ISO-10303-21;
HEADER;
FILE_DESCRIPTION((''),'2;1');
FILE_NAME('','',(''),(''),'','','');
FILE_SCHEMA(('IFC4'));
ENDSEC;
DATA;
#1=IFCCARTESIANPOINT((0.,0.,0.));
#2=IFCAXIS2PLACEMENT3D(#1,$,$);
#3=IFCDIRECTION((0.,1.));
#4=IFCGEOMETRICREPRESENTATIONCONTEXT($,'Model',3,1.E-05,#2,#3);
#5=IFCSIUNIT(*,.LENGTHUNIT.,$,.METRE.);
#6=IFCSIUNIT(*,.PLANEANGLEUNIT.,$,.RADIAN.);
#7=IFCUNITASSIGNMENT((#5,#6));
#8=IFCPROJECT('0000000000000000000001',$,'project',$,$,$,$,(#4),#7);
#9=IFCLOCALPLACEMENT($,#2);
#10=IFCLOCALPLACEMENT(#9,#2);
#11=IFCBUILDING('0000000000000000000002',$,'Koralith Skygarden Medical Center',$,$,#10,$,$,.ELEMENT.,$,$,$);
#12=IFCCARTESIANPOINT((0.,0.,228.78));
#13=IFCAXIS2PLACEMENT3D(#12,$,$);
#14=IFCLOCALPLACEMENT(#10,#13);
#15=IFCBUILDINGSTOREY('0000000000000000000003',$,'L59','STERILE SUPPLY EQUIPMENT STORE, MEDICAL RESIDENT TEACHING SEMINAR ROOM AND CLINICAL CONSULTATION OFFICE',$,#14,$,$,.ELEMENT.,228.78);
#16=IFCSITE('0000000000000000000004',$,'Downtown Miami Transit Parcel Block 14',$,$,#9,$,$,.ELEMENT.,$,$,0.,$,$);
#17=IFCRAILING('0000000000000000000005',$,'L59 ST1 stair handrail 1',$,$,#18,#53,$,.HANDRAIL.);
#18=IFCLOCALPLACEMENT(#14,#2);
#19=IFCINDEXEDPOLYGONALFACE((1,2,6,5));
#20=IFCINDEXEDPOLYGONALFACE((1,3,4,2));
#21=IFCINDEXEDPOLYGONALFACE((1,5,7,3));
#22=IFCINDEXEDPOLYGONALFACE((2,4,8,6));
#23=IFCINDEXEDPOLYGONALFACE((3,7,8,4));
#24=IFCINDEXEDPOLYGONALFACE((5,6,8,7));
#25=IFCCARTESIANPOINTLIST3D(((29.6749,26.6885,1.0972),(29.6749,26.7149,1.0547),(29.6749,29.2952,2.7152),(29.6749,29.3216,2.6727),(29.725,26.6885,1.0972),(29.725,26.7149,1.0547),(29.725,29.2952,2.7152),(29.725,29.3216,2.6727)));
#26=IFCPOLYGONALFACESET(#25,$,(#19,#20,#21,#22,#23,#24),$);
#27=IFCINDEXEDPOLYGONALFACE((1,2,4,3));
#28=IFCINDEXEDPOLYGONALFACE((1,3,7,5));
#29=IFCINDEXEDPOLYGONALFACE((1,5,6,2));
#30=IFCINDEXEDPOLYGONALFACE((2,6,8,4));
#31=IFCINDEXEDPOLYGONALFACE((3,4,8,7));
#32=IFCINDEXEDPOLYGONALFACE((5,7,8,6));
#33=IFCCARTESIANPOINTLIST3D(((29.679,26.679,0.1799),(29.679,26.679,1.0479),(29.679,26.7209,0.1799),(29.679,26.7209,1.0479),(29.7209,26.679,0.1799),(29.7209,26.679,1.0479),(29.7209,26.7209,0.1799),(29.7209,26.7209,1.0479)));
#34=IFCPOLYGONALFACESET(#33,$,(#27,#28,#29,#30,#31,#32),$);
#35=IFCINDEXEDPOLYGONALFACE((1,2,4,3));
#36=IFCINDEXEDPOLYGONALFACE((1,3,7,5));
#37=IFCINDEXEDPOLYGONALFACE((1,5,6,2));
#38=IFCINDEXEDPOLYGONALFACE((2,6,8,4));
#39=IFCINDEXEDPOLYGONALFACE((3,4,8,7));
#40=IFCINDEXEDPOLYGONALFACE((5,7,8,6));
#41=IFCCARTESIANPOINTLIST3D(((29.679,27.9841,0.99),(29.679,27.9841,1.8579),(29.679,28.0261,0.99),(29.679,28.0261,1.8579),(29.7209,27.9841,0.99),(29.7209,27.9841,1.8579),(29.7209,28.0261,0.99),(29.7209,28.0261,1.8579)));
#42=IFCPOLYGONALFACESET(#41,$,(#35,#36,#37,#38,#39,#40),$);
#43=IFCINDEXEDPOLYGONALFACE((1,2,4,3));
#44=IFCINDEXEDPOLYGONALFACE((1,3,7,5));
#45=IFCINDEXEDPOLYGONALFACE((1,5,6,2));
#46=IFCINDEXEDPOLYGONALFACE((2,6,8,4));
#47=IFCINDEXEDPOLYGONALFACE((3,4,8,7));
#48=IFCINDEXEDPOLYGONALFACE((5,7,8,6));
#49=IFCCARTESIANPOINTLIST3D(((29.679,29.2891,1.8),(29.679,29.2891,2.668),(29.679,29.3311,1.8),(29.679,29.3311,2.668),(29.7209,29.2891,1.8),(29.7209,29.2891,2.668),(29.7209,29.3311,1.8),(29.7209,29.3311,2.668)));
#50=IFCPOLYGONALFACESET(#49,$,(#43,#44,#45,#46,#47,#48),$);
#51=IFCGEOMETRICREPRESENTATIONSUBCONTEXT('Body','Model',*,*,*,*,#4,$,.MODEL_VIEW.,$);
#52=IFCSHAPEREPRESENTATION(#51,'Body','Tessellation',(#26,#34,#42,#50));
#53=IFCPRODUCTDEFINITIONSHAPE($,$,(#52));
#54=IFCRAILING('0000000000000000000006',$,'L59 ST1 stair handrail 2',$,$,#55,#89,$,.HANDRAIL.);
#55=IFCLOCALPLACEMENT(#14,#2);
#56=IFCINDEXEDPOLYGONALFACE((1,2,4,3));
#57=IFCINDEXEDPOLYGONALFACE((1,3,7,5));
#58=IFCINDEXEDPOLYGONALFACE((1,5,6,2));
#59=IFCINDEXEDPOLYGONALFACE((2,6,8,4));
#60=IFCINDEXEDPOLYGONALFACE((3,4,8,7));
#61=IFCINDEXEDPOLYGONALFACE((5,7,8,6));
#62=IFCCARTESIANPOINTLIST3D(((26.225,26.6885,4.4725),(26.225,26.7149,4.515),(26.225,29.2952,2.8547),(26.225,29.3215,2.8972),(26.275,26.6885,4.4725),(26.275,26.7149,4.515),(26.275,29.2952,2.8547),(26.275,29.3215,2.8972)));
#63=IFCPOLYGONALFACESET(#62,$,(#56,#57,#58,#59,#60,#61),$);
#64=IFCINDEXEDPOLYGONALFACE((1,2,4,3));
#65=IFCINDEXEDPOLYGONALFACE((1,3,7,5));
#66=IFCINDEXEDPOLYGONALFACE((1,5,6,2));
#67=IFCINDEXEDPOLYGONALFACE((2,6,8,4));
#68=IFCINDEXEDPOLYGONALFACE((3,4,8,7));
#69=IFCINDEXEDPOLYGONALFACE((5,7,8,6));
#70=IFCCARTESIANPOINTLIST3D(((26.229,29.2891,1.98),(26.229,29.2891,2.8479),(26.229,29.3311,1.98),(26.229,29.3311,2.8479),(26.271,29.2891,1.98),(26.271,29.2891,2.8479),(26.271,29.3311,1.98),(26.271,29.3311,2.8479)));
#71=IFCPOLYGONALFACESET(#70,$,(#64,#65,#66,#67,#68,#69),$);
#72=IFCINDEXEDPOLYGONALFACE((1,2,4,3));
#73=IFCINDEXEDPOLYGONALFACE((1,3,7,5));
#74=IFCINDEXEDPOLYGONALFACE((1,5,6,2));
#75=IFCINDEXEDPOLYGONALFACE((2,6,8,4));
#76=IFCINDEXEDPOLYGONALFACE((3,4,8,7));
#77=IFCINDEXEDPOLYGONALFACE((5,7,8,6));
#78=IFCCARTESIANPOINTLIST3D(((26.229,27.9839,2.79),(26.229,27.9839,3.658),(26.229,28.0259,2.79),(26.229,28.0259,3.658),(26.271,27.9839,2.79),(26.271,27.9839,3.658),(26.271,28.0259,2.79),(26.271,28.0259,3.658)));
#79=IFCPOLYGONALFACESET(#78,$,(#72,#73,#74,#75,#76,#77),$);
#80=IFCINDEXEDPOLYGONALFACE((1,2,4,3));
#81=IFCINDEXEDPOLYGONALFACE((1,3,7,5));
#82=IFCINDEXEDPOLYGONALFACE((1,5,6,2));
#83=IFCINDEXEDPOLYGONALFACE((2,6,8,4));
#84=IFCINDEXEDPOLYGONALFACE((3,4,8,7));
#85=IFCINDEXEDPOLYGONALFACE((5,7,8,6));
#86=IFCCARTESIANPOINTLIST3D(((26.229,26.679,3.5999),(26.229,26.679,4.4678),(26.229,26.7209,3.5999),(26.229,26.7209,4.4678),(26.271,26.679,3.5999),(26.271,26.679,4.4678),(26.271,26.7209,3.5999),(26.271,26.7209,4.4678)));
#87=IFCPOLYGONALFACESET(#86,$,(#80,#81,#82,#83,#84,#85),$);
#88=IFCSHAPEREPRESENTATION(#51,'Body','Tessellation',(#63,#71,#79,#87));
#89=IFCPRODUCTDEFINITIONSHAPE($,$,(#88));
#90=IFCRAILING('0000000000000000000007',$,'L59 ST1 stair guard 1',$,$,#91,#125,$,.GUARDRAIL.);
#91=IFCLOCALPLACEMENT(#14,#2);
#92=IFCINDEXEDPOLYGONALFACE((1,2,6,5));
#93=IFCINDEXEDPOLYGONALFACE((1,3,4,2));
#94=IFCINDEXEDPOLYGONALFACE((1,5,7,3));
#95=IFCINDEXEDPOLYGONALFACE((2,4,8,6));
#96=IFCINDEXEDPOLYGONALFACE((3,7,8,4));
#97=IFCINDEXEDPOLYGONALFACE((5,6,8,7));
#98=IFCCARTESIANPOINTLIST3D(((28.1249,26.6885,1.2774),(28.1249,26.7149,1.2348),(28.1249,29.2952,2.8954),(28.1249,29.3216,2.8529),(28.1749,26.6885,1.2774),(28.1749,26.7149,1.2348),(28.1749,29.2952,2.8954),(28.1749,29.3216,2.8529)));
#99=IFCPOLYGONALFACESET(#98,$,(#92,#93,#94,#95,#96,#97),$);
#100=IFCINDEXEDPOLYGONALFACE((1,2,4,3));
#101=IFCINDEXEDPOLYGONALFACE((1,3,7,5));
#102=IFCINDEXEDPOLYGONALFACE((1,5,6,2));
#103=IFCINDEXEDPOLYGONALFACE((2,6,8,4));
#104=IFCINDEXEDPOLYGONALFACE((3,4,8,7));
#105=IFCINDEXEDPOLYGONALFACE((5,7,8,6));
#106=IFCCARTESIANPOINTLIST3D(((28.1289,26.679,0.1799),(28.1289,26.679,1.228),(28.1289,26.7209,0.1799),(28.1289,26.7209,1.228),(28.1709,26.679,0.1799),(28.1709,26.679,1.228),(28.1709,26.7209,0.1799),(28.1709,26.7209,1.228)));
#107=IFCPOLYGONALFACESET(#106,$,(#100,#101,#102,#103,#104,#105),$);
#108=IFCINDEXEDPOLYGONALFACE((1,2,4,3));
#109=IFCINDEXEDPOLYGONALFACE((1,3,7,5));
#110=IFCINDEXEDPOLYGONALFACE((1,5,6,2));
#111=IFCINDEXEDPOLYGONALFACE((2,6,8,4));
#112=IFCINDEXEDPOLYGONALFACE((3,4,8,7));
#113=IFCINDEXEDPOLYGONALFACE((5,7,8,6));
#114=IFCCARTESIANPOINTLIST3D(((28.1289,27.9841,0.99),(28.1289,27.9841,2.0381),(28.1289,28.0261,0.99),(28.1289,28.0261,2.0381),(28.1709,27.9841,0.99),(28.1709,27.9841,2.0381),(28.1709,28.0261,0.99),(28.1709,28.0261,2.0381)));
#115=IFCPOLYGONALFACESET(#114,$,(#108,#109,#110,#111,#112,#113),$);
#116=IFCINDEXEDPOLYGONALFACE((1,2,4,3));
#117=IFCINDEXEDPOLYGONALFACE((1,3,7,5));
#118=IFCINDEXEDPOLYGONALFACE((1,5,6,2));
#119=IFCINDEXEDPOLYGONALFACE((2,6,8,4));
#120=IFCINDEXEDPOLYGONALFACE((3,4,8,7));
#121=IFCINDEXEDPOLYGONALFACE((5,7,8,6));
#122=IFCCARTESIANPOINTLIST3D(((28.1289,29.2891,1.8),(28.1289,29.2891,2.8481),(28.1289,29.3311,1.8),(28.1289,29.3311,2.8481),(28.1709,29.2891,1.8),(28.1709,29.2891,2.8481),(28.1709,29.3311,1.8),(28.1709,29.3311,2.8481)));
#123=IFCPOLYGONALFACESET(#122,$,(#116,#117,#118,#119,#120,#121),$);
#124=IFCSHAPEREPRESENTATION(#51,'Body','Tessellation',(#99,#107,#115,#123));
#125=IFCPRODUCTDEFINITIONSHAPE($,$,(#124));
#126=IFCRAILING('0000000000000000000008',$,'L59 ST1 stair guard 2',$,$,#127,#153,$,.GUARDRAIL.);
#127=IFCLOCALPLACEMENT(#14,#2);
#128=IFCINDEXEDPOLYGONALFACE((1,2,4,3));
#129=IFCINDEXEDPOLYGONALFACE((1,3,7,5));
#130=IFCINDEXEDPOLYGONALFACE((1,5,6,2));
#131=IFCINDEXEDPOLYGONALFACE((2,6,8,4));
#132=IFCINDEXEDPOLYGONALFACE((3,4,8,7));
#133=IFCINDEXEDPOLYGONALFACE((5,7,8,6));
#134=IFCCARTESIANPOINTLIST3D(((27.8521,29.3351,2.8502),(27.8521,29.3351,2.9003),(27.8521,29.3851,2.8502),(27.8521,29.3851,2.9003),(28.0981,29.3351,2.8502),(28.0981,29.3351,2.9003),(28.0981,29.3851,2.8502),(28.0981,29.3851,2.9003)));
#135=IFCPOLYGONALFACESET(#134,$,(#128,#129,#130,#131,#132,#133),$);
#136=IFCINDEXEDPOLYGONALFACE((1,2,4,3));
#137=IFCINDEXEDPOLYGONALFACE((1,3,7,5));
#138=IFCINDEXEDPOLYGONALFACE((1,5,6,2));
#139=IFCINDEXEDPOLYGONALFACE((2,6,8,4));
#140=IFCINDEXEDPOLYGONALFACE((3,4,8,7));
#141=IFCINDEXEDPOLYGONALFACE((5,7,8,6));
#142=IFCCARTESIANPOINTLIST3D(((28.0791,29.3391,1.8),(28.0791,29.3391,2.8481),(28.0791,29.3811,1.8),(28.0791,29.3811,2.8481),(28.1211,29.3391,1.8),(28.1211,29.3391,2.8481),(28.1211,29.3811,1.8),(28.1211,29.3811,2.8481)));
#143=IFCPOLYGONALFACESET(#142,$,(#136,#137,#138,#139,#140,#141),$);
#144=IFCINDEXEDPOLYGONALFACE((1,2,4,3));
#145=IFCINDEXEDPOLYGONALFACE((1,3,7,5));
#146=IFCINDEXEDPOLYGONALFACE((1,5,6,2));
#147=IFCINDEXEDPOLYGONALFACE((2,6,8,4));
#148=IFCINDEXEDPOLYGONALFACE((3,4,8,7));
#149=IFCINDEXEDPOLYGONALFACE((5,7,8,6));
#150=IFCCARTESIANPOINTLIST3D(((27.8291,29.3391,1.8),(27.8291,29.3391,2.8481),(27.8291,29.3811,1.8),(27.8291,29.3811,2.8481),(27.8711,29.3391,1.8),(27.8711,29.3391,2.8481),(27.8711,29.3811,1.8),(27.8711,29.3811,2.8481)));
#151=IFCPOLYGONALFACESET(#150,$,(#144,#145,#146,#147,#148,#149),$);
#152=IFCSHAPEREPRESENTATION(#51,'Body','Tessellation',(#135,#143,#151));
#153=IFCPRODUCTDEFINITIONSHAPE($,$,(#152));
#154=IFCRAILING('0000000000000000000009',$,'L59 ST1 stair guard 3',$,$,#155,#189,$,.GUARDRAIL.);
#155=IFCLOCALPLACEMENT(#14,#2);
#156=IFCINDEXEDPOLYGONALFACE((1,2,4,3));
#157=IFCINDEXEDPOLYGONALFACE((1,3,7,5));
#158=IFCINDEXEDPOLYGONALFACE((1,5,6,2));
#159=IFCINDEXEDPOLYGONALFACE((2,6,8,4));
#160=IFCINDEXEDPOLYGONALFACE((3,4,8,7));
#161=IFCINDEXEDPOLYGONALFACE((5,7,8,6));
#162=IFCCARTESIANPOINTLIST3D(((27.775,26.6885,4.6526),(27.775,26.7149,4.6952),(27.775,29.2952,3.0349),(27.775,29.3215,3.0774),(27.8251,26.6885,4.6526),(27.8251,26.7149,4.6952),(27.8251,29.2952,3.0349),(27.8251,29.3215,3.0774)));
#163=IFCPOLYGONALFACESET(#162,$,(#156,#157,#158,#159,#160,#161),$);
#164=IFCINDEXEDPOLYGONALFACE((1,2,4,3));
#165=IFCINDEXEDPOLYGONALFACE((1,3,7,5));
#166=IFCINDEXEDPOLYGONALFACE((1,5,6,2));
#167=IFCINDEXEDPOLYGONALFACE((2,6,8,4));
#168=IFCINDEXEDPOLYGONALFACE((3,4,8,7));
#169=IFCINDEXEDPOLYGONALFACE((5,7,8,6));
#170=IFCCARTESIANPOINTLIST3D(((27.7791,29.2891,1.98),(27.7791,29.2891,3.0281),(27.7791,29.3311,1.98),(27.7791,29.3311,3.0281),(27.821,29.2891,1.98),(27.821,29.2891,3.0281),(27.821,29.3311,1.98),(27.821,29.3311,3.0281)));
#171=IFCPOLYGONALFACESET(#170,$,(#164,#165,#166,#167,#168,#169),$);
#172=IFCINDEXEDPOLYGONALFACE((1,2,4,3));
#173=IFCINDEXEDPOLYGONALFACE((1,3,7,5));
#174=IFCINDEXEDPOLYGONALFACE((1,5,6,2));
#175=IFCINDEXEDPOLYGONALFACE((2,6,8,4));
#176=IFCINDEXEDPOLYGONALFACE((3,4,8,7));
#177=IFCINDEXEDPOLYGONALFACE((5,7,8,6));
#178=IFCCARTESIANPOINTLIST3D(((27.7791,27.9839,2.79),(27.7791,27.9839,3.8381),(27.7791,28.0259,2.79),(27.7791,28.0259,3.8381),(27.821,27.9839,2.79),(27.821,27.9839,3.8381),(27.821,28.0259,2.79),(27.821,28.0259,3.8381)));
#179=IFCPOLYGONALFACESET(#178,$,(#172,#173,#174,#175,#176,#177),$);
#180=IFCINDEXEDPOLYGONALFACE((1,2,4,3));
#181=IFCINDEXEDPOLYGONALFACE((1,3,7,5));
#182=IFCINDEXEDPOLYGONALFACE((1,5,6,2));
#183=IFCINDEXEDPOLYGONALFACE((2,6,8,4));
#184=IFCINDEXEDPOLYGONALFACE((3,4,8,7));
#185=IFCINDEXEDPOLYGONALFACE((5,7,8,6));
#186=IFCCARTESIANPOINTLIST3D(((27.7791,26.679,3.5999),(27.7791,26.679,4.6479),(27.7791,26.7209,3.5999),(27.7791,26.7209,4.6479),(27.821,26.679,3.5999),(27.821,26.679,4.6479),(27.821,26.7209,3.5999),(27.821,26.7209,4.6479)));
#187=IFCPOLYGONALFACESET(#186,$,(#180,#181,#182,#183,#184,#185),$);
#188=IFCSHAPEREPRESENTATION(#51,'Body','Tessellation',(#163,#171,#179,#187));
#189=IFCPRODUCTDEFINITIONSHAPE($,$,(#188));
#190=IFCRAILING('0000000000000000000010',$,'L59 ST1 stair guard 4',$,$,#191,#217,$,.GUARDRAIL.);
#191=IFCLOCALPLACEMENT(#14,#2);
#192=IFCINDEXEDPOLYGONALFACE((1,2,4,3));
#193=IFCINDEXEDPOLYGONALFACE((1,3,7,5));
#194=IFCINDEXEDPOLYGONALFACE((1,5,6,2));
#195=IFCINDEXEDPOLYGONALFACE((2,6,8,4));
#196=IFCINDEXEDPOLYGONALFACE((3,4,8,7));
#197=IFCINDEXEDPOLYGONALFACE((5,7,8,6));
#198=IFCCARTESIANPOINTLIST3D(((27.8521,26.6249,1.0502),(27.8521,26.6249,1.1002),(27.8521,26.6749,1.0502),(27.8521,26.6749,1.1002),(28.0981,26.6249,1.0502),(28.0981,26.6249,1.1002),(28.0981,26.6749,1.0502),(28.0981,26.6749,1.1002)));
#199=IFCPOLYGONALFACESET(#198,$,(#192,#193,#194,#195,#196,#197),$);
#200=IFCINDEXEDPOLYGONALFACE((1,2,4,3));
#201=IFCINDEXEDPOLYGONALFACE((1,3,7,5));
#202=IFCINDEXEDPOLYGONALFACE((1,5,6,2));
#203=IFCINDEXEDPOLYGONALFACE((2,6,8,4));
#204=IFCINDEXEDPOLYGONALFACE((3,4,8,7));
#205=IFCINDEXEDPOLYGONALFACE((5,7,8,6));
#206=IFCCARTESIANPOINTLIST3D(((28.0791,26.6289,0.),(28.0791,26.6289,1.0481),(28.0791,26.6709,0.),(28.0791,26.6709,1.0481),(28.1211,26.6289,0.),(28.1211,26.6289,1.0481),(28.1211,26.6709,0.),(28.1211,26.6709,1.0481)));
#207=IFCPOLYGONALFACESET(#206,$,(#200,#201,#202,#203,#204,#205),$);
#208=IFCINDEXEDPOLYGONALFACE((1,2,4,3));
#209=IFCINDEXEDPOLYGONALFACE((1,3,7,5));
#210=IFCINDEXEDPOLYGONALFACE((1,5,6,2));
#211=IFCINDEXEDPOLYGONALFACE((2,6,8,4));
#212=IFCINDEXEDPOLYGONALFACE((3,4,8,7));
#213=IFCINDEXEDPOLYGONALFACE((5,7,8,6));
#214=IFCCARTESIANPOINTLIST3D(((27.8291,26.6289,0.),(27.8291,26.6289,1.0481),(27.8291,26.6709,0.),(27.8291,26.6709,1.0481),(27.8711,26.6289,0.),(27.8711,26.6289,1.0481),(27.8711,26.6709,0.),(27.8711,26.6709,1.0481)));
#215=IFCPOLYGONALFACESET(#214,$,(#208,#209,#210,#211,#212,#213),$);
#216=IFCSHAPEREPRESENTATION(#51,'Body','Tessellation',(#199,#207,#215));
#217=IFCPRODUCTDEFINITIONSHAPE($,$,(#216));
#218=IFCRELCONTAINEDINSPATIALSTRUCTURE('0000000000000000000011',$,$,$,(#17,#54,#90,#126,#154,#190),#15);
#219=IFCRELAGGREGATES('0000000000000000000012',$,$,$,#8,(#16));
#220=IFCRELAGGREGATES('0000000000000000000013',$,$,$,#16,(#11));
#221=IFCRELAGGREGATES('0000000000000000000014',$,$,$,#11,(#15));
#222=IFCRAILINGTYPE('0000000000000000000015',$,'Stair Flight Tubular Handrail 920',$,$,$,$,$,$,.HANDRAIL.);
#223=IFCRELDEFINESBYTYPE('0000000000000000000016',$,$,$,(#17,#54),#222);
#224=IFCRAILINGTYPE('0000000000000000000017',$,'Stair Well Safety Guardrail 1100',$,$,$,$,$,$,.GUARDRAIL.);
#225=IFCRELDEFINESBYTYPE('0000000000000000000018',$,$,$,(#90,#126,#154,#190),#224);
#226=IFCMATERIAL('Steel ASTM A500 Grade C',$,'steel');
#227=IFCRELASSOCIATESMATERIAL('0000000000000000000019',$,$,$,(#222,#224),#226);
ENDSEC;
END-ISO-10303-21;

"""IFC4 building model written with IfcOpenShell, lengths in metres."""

from ifc_helpers import new_model, si_unit, direction, frame, origin, origin_2d, place, context, subcontext, project, spatial, rectangle, extrude, material, type_object, element, save


model = new_model("IFC4")

# Units and contexts
model_context = context("Model", 3, precision=1e-05, world=origin(), true_north=direction((0.0, 1.0)))
body_context = subcontext(model_context, "Body", "Model", "MODEL_VIEW")
ifc_project = project(units=[si_unit("LENGTHUNIT", "METRE"), si_unit("PLANEANGLEUNIT", "RADIAN")], contexts=[model_context])

# Site, building, storey
site_placement = place(None, origin())
site = spatial("IfcSite", under=ifc_project, at=site_placement, Name="Downtown Miami Transit Parcel Block 14", CompositionType="ELEMENT", RefElevation=0.0)
building_placement = place(site_placement, origin())
building = spatial("IfcBuilding", under=site, at=building_placement, Name="Koralith Skygarden Medical Center", CompositionType="ELEMENT")
storey_placement = place(building_placement, frame((0.0, 0.0, 228.78)))
storey = spatial("IfcBuildingStorey", under=building, at=storey_placement, Name="L59", Description="STERILE SUPPLY EQUIPMENT STORE, MEDICAL RESIDENT TEACHING SEMINAR ROOM AND CLINICAL CONSULTATION OFFICE", CompositionType="ELEMENT", Elevation=228.78)

# Shared definitions
ifc_material_1 = material(Name="Steel ASTM A500 Grade C", Category="steel")

# Railings
railing_type_1 = type_object("IfcRailingType", Name="Stair Flight Tubular Handrail 920", PredefinedType="HANDRAIL", material=ifc_material_1)
railing_1_placement = place(storey_placement, frame((29.7, 26.7, 0.1799)))
element("IfcRailing", 1, at=railing_1_placement, inside=storey, type_object=railing_type_1, Name="L59 ST1 stair handrail 1", PredefinedType="HANDRAIL", context=body_context, shape_type="SweptSolid", body=[
    extrude(rectangle(XDim=0.05, YDim=0.05, at=origin_2d()), frame((0.0, 0.0017, 0.896), z_axis=(0.0, 0.849633, 0.527375), x_axis=(-1.0, 0.0, 0.0)), (0.0, 0.0, 1.0), 3.0681),
    extrude(rectangle(XDim=0.042, YDim=0.042, at=origin_2d()), origin(), (0.0, 0.0, 1.0), 0.8679),
    extrude(rectangle(XDim=0.042, YDim=0.042, at=origin_2d()), frame((0.0, 1.3052, 0.8101)), (0.0, 0.0, 1.0), 0.8679),
    extrude(rectangle(XDim=0.042, YDim=0.042, at=origin_2d()), frame((0.0, 2.6101, 1.6201)), (0.0, 0.0, 1.0), 0.8679),
])
railing_2_placement = place(storey_placement, frame((26.25, 29.3101, 1.98)))
element("IfcRailing", 2, at=railing_2_placement, inside=storey, type_object=railing_type_1, Name="L59 ST1 stair handrail 2", PredefinedType="HANDRAIL", context=body_context, shape_type="SweptSolid", body=[
    extrude(rectangle(XDim=0.05, YDim=0.05, at=origin_2d()), frame((0.0, -0.0017, 0.896), z_axis=(0.0, -0.849668, 0.527317), x_axis=(1.0, 0.0, 0.0)), (0.0, 0.0, 1.0), 3.0679),
    extrude(rectangle(XDim=0.042, YDim=0.042, at=origin_2d()), origin(), (0.0, 0.0, 1.0), 0.8679),
    extrude(rectangle(XDim=0.042, YDim=0.042, at=origin_2d()), frame((0.0, -1.3052, 0.8101)), (0.0, 0.0, 1.0), 0.8679),
    extrude(rectangle(XDim=0.042, YDim=0.042, at=origin_2d()), frame((0.0, -2.6101, 1.6199)), (0.0, 0.0, 1.0), 0.8679),
])
railing_type_2 = type_object("IfcRailingType", Name="Stair Well Safety Guardrail 1100", PredefinedType="GUARDRAIL", material=ifc_material_1)
railing_3_placement = place(storey_placement, frame((28.1499, 26.7, 0.1799)))
element("IfcRailing", 3, at=railing_3_placement, inside=storey, type_object=railing_type_2, Name="L59 ST1 stair guard 1", PredefinedType="GUARDRAIL", context=body_context, shape_type="SweptSolid", body=[
    extrude(rectangle(XDim=0.05, YDim=0.05, at=origin_2d()), frame((0.0, 0.0017, 1.0762), z_axis=(0.0, 0.849633, 0.527375), x_axis=(-1.0, 0.0, 0.0)), (0.0, 0.0, 1.0), 3.0681),
    extrude(rectangle(XDim=0.042, YDim=0.042, at=origin_2d()), origin(), (0.0, 0.0, 1.0), 1.0481),
    extrude(rectangle(XDim=0.042, YDim=0.042, at=origin_2d()), frame((0.0, 1.3052, 0.8101)), (0.0, 0.0, 1.0), 1.0481),
    extrude(rectangle(XDim=0.042, YDim=0.042, at=origin_2d()), frame((0.0, 2.6101, 1.6201)), (0.0, 0.0, 1.0), 1.0481),
])
railing_4_placement = place(storey_placement, frame((28.1001, 29.3601, 1.8)))
element("IfcRailing", 4, at=railing_4_placement, inside=storey, type_object=railing_type_2, Name="L59 ST1 stair guard 2", PredefinedType="GUARDRAIL", context=body_context, shape_type="SweptSolid", body=[
    extrude(rectangle(XDim=0.05, YDim=0.05, at=origin_2d()), frame((-0.002, 0.0, 1.0752), z_axis=(-1.0, 0.0, 0.0), x_axis=(0.0, -1.0, 0.0)), (0.0, 0.0, 1.0), 0.2461),
    extrude(rectangle(XDim=0.042, YDim=0.042, at=origin_2d()), origin(), (0.0, 0.0, 1.0), 1.0481),
    extrude(rectangle(XDim=0.042, YDim=0.042, at=origin_2d()), frame((-0.25, 0.0, 0.0)), (0.0, 0.0, 1.0), 1.0481),
])
railing_5_placement = place(storey_placement, frame((27.8, 29.3101, 1.98)))
element("IfcRailing", 5, at=railing_5_placement, inside=storey, type_object=railing_type_2, Name="L59 ST1 stair guard 3", PredefinedType="GUARDRAIL", context=body_context, shape_type="SweptSolid", body=[
    extrude(rectangle(XDim=0.05, YDim=0.05, at=origin_2d()), frame((0.0, -0.0017, 1.0762), z_axis=(0.0, -0.849668, 0.527317), x_axis=(1.0, 0.0, 0.0)), (0.0, 0.0, 1.0), 3.0679),
    extrude(rectangle(XDim=0.042, YDim=0.042, at=origin_2d()), origin(), (0.0, 0.0, 1.0), 1.0481),
    extrude(rectangle(XDim=0.042, YDim=0.042, at=origin_2d()), frame((0.0, -1.3052, 0.8101)), (0.0, 0.0, 1.0), 1.0481),
    extrude(rectangle(XDim=0.042, YDim=0.042, at=origin_2d()), frame((0.0, -2.6101, 1.6199)), (0.0, 0.0, 1.0), 1.0481),
])
railing_6_placement = place(storey_placement, frame((28.1001, 26.6499, 0.0)))
element("IfcRailing", 6, at=railing_6_placement, inside=storey, type_object=railing_type_2, Name="L59 ST1 stair guard 4", PredefinedType="GUARDRAIL", context=body_context, shape_type="SweptSolid", body=[
    extrude(rectangle(XDim=0.05, YDim=0.05, at=origin_2d()), frame((-0.002, 0.0, 1.0752), z_axis=(-1.0, 0.0, 0.0), x_axis=(0.0, -1.0, 0.0)), (0.0, 0.0, 1.0), 0.2461),
    extrude(rectangle(XDim=0.042, YDim=0.042, at=origin_2d()), origin(), (0.0, 0.0, 1.0), 1.0481),
    extrude(rectangle(XDim=0.042, YDim=0.042, at=origin_2d()), frame((-0.25, 0.0, 0.0)), (0.0, 0.0, 1.0), 1.0481),
])

save(model, "model.ifc")
